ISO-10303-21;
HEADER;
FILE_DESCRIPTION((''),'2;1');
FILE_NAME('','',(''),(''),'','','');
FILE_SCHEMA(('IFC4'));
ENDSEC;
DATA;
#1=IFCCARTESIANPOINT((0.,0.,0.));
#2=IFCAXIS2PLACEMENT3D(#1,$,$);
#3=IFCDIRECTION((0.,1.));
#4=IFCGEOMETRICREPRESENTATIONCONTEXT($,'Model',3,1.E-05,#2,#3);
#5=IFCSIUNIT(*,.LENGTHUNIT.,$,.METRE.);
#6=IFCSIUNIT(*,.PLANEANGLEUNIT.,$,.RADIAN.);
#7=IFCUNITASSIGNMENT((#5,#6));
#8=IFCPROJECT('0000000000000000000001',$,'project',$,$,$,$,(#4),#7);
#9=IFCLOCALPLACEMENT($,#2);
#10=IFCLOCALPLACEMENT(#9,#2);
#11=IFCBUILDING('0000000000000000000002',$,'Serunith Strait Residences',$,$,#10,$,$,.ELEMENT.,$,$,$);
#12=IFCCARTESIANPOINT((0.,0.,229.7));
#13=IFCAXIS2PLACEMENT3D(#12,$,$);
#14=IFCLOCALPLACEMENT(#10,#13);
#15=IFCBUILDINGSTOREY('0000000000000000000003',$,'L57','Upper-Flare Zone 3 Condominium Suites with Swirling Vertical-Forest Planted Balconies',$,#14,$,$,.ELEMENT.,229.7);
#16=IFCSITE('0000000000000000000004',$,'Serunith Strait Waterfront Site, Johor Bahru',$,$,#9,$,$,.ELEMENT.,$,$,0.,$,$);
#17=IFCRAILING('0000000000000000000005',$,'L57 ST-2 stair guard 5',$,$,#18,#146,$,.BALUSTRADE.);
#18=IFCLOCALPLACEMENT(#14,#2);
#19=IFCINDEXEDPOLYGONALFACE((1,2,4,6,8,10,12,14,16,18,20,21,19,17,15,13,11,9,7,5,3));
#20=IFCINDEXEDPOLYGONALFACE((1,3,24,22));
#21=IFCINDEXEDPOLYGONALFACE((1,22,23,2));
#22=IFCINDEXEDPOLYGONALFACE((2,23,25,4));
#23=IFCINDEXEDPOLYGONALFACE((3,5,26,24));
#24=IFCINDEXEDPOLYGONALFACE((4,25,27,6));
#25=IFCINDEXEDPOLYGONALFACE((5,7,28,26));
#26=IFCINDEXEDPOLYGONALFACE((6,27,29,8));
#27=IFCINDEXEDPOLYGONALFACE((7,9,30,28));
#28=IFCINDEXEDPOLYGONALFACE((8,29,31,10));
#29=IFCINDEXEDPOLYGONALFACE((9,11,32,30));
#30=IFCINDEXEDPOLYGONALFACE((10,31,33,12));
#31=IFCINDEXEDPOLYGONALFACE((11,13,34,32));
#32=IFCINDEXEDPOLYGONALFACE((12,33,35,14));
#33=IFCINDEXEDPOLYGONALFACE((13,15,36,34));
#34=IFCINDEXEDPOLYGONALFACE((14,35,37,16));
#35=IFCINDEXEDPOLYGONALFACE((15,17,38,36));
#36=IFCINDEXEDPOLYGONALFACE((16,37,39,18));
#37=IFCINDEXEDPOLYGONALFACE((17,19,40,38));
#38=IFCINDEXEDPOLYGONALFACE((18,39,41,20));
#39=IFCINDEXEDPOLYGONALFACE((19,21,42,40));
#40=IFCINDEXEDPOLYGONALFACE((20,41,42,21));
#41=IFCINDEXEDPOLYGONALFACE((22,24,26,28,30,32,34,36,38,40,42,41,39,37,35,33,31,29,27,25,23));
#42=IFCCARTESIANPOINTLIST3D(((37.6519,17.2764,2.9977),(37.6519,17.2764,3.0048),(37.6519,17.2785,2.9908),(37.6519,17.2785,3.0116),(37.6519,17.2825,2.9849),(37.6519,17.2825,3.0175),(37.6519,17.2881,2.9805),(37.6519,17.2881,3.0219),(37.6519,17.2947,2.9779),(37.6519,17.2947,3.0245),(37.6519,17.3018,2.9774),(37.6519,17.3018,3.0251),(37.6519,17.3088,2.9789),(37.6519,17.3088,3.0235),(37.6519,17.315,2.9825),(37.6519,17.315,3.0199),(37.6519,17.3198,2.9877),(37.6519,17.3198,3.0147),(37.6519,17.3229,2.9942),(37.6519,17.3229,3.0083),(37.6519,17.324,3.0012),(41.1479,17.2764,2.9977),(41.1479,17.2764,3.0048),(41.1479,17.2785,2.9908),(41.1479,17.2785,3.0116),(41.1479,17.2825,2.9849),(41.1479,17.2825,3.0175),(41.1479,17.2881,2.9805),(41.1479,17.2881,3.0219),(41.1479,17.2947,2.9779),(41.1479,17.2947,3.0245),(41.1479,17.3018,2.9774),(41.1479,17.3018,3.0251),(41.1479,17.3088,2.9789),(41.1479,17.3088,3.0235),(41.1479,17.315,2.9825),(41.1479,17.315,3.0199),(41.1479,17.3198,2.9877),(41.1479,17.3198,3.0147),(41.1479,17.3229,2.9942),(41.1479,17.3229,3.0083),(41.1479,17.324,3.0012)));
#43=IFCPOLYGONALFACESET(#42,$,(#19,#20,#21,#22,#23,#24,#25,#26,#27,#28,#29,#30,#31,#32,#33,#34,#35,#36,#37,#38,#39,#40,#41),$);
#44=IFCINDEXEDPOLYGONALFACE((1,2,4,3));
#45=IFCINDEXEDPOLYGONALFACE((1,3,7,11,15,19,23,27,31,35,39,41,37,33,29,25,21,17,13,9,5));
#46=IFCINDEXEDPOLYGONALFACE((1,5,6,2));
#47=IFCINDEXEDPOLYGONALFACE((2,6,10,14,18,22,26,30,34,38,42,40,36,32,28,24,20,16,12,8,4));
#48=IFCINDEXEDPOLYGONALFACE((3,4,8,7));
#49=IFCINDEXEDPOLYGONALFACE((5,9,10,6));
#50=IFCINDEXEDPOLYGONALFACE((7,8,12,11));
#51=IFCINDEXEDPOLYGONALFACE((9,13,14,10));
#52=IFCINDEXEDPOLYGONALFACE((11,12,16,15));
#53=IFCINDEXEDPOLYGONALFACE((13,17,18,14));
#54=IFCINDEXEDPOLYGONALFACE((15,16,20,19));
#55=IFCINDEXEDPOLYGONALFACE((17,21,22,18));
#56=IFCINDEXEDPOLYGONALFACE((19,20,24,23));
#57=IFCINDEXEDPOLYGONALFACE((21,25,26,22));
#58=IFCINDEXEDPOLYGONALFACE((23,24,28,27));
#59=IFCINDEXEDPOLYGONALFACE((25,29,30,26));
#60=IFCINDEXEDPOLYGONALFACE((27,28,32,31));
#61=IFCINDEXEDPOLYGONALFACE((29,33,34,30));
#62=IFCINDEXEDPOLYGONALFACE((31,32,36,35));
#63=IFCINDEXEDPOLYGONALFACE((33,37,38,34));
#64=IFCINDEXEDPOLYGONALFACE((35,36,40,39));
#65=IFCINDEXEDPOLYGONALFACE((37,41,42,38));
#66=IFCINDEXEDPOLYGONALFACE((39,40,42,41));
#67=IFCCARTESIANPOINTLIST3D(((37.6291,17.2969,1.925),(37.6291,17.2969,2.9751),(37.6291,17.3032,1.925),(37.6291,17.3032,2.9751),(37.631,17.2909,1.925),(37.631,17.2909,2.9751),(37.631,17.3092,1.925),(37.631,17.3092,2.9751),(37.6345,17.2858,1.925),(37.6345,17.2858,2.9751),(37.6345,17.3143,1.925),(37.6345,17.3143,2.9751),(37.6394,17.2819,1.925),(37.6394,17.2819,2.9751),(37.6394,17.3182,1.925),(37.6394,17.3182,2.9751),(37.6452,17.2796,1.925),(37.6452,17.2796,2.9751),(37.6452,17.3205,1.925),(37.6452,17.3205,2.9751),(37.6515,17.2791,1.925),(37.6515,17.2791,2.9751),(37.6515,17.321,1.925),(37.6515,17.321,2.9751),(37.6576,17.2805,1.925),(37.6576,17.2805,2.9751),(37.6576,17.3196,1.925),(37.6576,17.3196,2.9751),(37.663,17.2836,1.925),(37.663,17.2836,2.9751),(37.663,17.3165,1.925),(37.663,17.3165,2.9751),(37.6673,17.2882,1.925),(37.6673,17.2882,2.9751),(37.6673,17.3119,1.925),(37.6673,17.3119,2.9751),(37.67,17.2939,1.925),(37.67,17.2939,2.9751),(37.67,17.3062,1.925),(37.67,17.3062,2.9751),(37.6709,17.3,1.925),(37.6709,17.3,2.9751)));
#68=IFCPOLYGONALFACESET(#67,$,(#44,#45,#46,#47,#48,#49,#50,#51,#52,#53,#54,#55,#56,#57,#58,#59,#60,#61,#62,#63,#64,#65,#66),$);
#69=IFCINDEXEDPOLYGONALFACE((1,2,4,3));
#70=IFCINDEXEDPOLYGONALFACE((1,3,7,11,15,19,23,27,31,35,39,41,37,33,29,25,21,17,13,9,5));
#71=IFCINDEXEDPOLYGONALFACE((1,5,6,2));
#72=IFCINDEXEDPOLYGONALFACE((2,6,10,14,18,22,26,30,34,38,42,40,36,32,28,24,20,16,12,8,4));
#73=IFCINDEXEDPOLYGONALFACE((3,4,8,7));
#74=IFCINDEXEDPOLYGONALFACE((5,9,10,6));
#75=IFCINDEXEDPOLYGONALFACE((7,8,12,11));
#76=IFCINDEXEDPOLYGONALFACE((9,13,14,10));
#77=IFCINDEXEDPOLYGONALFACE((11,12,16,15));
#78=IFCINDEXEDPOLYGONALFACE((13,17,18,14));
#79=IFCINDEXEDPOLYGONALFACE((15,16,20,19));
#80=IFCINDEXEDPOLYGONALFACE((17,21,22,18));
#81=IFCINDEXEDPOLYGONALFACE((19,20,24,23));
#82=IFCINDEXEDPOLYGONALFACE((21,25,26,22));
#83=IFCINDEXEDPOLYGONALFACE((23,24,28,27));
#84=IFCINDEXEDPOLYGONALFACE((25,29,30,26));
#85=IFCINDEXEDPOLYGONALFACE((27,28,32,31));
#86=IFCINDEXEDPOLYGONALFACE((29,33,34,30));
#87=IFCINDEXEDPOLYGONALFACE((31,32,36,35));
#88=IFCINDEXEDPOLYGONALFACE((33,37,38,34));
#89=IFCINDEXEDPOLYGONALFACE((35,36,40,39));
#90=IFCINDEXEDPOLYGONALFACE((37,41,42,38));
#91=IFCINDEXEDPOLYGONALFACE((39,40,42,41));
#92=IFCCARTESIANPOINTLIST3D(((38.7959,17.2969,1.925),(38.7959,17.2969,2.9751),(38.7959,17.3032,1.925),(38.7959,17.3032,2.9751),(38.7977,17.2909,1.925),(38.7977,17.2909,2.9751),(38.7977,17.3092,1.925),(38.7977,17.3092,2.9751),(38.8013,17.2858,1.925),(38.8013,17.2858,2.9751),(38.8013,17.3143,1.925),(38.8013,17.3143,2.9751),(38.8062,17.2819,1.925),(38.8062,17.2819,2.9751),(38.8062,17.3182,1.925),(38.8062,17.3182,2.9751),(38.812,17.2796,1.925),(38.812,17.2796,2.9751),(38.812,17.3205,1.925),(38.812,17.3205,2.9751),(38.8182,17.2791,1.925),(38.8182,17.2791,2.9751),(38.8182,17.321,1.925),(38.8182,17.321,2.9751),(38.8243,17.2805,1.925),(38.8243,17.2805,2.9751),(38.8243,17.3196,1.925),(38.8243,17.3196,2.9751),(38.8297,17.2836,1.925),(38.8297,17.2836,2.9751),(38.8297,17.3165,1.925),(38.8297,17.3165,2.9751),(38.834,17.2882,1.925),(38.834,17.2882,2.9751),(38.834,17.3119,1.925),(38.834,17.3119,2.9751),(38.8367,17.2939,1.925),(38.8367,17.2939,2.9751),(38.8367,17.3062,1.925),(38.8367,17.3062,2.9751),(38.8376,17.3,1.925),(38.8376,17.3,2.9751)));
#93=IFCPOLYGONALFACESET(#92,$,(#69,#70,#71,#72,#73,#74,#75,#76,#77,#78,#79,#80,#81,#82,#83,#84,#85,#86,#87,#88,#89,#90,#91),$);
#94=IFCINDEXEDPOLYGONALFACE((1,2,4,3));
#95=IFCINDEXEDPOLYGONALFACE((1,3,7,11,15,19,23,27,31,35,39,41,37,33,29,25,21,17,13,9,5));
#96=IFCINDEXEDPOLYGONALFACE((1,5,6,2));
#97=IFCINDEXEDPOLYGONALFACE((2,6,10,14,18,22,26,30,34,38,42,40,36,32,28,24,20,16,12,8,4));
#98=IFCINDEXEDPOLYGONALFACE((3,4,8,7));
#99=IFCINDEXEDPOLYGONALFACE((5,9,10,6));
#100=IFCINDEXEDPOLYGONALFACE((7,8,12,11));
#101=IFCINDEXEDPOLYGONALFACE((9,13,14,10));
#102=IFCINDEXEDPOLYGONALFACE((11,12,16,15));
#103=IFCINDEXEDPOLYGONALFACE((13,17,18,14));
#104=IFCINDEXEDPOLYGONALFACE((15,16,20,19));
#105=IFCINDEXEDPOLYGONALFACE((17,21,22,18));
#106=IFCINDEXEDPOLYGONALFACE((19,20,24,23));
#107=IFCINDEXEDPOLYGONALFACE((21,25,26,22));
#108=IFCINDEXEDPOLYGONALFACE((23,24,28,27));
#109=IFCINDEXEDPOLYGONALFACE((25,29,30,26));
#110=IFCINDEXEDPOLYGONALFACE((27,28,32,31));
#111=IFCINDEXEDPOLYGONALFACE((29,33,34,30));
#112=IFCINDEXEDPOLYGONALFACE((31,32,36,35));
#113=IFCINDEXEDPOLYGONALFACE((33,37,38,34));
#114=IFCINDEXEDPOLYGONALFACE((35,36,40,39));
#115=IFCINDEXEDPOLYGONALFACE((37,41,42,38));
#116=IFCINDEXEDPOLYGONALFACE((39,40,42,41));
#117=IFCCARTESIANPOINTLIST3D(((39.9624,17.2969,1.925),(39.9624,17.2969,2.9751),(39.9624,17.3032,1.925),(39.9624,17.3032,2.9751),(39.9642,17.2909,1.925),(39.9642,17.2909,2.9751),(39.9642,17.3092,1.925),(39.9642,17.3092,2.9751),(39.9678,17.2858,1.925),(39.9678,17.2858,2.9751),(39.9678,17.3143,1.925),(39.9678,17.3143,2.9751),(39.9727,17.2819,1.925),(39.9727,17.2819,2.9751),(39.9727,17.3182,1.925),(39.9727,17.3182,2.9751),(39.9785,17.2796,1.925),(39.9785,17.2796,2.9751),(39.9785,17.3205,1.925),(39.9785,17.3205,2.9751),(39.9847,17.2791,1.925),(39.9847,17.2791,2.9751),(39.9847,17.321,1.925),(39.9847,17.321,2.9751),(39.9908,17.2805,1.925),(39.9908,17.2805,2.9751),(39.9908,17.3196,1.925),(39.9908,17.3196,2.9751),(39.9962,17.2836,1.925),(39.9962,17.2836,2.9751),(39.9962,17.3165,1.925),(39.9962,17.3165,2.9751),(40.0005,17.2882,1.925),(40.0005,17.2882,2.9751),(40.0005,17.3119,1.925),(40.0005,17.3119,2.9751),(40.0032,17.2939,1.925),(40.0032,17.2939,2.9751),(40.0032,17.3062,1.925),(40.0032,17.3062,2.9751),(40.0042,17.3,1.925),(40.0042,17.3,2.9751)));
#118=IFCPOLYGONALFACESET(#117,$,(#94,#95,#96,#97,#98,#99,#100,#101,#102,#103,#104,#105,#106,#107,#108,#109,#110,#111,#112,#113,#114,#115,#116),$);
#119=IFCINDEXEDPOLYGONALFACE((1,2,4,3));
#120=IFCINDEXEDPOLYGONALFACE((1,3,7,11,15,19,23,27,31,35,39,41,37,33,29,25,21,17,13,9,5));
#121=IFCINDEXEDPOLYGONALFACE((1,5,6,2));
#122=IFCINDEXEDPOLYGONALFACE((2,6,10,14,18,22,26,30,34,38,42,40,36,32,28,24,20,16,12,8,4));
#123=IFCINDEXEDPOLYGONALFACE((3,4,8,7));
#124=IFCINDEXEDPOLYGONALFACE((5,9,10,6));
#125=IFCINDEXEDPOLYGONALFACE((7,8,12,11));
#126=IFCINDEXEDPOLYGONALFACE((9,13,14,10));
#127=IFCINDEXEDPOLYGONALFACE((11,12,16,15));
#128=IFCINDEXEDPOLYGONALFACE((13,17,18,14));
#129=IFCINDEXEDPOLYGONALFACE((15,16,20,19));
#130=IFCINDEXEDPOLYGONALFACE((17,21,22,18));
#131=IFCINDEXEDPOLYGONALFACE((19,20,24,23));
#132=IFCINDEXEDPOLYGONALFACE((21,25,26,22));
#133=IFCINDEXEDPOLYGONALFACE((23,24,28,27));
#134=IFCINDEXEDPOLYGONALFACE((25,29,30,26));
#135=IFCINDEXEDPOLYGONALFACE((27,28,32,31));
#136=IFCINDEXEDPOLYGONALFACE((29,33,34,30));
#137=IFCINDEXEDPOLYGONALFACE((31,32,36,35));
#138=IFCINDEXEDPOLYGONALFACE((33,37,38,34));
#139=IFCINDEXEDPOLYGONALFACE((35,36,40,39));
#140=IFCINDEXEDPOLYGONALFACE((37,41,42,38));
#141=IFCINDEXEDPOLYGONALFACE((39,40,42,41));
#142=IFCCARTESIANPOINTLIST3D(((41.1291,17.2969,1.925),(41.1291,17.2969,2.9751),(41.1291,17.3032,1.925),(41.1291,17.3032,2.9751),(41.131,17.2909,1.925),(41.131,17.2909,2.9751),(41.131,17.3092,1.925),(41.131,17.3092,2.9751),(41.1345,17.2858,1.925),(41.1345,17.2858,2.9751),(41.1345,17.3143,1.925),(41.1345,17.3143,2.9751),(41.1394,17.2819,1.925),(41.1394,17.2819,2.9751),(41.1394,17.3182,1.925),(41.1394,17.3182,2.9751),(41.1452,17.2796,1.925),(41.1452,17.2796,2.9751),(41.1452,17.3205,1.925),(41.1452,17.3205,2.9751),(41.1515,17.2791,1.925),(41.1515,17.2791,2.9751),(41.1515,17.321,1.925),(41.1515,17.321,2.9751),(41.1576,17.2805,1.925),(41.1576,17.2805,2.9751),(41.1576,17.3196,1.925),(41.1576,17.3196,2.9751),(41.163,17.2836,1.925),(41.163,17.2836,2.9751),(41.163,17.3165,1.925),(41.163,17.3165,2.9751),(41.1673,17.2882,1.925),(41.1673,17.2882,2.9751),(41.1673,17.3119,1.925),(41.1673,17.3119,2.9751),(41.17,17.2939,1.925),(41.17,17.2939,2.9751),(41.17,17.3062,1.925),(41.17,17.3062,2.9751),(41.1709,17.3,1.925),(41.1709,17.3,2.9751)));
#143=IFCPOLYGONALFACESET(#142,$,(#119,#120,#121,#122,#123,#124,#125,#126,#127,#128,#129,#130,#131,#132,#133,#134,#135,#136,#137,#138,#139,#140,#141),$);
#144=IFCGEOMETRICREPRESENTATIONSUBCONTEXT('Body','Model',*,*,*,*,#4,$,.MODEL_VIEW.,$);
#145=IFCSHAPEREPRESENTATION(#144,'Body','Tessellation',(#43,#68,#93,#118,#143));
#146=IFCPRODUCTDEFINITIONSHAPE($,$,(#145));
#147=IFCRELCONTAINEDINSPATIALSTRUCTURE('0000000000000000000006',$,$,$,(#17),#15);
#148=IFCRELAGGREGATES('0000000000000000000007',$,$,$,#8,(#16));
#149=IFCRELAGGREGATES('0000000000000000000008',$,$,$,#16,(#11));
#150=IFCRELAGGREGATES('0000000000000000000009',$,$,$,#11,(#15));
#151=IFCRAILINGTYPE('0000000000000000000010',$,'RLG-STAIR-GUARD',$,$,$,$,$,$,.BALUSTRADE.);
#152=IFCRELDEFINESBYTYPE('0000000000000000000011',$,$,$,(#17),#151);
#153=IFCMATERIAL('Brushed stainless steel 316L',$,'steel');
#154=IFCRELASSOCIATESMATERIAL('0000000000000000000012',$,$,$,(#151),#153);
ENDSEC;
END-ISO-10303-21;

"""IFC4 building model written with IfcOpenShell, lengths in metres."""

from ifc_helpers import new_model, si_unit, direction, frame, origin, origin_2d, place, context, subcontext, project, spatial, circle, extrude, material, type_object, element, save


model = new_model("IFC4")

# Units and contexts
model_context = context("Model", 3, precision=1e-05, world=origin(), true_north=direction((0.0, 1.0)))
body_context = subcontext(model_context, "Body", "Model", "MODEL_VIEW")
ifc_project = project(units=[si_unit("LENGTHUNIT", "METRE"), si_unit("PLANEANGLEUNIT", "RADIAN")], contexts=[model_context])

# Site, building, storey
site_placement = place(None, origin())
site = spatial("IfcSite", under=ifc_project, at=site_placement, Name="Serunith Strait Waterfront Site, Johor Bahru", CompositionType="ELEMENT", RefElevation=0.0)
building_placement = place(site_placement, origin())
building = spatial("IfcBuilding", under=site, at=building_placement, Name="Serunith Strait Residences", CompositionType="ELEMENT")
storey_placement = place(building_placement, frame((0.0, 0.0, 229.7)))
storey = spatial("IfcBuildingStorey", under=building, at=storey_placement, Name="L57", Description="Upper-Flare Zone 3 Condominium Suites with Swirling Vertical-Forest Planted Balconies", CompositionType="ELEMENT", Elevation=229.7)

# Railing
ifc_material_1 = material(Name="Brushed stainless steel 316L", Category="steel")
railing_type_1 = type_object("IfcRailingType", Name="RLG-STAIR-GUARD", PredefinedType="BALUSTRADE", material=ifc_material_1)
railing_1_placement = place(storey_placement, frame((37.6499, 17.3, 1.925)))
element("IfcRailing", 1, at=railing_1_placement, inside=storey, type_object=railing_type_1, Name="L57 ST-2 stair guard 5", PredefinedType="BALUSTRADE", context=body_context, shape_type="SweptSolid", body=[
    extrude(circle(Radius=0.0239, at=origin_2d()), frame((0.002, 0.0, 1.0762), z_axis=(1.0, 0.0, 0.0), x_axis=(0.0, 1.0, 0.0)), (0.0, 0.0, 1.0), 3.4961),
    extrude(circle(Radius=0.021, at=origin_2d()), origin(), (0.0, 0.0, 1.0), 1.05),
    extrude(circle(Radius=0.021, at=origin_2d()), frame((1.1667, 0.0, 0.0)), (0.0, 0.0, 1.0), 1.05),
    extrude(circle(Radius=0.021, at=origin_2d()), frame((2.3333, 0.0, 0.0)), (0.0, 0.0, 1.0), 1.05),
    extrude(circle(Radius=0.021, at=origin_2d()), frame((3.5, 0.0, 0.0)), (0.0, 0.0, 1.0), 1.05),
])

save(model, "model.ifc")
